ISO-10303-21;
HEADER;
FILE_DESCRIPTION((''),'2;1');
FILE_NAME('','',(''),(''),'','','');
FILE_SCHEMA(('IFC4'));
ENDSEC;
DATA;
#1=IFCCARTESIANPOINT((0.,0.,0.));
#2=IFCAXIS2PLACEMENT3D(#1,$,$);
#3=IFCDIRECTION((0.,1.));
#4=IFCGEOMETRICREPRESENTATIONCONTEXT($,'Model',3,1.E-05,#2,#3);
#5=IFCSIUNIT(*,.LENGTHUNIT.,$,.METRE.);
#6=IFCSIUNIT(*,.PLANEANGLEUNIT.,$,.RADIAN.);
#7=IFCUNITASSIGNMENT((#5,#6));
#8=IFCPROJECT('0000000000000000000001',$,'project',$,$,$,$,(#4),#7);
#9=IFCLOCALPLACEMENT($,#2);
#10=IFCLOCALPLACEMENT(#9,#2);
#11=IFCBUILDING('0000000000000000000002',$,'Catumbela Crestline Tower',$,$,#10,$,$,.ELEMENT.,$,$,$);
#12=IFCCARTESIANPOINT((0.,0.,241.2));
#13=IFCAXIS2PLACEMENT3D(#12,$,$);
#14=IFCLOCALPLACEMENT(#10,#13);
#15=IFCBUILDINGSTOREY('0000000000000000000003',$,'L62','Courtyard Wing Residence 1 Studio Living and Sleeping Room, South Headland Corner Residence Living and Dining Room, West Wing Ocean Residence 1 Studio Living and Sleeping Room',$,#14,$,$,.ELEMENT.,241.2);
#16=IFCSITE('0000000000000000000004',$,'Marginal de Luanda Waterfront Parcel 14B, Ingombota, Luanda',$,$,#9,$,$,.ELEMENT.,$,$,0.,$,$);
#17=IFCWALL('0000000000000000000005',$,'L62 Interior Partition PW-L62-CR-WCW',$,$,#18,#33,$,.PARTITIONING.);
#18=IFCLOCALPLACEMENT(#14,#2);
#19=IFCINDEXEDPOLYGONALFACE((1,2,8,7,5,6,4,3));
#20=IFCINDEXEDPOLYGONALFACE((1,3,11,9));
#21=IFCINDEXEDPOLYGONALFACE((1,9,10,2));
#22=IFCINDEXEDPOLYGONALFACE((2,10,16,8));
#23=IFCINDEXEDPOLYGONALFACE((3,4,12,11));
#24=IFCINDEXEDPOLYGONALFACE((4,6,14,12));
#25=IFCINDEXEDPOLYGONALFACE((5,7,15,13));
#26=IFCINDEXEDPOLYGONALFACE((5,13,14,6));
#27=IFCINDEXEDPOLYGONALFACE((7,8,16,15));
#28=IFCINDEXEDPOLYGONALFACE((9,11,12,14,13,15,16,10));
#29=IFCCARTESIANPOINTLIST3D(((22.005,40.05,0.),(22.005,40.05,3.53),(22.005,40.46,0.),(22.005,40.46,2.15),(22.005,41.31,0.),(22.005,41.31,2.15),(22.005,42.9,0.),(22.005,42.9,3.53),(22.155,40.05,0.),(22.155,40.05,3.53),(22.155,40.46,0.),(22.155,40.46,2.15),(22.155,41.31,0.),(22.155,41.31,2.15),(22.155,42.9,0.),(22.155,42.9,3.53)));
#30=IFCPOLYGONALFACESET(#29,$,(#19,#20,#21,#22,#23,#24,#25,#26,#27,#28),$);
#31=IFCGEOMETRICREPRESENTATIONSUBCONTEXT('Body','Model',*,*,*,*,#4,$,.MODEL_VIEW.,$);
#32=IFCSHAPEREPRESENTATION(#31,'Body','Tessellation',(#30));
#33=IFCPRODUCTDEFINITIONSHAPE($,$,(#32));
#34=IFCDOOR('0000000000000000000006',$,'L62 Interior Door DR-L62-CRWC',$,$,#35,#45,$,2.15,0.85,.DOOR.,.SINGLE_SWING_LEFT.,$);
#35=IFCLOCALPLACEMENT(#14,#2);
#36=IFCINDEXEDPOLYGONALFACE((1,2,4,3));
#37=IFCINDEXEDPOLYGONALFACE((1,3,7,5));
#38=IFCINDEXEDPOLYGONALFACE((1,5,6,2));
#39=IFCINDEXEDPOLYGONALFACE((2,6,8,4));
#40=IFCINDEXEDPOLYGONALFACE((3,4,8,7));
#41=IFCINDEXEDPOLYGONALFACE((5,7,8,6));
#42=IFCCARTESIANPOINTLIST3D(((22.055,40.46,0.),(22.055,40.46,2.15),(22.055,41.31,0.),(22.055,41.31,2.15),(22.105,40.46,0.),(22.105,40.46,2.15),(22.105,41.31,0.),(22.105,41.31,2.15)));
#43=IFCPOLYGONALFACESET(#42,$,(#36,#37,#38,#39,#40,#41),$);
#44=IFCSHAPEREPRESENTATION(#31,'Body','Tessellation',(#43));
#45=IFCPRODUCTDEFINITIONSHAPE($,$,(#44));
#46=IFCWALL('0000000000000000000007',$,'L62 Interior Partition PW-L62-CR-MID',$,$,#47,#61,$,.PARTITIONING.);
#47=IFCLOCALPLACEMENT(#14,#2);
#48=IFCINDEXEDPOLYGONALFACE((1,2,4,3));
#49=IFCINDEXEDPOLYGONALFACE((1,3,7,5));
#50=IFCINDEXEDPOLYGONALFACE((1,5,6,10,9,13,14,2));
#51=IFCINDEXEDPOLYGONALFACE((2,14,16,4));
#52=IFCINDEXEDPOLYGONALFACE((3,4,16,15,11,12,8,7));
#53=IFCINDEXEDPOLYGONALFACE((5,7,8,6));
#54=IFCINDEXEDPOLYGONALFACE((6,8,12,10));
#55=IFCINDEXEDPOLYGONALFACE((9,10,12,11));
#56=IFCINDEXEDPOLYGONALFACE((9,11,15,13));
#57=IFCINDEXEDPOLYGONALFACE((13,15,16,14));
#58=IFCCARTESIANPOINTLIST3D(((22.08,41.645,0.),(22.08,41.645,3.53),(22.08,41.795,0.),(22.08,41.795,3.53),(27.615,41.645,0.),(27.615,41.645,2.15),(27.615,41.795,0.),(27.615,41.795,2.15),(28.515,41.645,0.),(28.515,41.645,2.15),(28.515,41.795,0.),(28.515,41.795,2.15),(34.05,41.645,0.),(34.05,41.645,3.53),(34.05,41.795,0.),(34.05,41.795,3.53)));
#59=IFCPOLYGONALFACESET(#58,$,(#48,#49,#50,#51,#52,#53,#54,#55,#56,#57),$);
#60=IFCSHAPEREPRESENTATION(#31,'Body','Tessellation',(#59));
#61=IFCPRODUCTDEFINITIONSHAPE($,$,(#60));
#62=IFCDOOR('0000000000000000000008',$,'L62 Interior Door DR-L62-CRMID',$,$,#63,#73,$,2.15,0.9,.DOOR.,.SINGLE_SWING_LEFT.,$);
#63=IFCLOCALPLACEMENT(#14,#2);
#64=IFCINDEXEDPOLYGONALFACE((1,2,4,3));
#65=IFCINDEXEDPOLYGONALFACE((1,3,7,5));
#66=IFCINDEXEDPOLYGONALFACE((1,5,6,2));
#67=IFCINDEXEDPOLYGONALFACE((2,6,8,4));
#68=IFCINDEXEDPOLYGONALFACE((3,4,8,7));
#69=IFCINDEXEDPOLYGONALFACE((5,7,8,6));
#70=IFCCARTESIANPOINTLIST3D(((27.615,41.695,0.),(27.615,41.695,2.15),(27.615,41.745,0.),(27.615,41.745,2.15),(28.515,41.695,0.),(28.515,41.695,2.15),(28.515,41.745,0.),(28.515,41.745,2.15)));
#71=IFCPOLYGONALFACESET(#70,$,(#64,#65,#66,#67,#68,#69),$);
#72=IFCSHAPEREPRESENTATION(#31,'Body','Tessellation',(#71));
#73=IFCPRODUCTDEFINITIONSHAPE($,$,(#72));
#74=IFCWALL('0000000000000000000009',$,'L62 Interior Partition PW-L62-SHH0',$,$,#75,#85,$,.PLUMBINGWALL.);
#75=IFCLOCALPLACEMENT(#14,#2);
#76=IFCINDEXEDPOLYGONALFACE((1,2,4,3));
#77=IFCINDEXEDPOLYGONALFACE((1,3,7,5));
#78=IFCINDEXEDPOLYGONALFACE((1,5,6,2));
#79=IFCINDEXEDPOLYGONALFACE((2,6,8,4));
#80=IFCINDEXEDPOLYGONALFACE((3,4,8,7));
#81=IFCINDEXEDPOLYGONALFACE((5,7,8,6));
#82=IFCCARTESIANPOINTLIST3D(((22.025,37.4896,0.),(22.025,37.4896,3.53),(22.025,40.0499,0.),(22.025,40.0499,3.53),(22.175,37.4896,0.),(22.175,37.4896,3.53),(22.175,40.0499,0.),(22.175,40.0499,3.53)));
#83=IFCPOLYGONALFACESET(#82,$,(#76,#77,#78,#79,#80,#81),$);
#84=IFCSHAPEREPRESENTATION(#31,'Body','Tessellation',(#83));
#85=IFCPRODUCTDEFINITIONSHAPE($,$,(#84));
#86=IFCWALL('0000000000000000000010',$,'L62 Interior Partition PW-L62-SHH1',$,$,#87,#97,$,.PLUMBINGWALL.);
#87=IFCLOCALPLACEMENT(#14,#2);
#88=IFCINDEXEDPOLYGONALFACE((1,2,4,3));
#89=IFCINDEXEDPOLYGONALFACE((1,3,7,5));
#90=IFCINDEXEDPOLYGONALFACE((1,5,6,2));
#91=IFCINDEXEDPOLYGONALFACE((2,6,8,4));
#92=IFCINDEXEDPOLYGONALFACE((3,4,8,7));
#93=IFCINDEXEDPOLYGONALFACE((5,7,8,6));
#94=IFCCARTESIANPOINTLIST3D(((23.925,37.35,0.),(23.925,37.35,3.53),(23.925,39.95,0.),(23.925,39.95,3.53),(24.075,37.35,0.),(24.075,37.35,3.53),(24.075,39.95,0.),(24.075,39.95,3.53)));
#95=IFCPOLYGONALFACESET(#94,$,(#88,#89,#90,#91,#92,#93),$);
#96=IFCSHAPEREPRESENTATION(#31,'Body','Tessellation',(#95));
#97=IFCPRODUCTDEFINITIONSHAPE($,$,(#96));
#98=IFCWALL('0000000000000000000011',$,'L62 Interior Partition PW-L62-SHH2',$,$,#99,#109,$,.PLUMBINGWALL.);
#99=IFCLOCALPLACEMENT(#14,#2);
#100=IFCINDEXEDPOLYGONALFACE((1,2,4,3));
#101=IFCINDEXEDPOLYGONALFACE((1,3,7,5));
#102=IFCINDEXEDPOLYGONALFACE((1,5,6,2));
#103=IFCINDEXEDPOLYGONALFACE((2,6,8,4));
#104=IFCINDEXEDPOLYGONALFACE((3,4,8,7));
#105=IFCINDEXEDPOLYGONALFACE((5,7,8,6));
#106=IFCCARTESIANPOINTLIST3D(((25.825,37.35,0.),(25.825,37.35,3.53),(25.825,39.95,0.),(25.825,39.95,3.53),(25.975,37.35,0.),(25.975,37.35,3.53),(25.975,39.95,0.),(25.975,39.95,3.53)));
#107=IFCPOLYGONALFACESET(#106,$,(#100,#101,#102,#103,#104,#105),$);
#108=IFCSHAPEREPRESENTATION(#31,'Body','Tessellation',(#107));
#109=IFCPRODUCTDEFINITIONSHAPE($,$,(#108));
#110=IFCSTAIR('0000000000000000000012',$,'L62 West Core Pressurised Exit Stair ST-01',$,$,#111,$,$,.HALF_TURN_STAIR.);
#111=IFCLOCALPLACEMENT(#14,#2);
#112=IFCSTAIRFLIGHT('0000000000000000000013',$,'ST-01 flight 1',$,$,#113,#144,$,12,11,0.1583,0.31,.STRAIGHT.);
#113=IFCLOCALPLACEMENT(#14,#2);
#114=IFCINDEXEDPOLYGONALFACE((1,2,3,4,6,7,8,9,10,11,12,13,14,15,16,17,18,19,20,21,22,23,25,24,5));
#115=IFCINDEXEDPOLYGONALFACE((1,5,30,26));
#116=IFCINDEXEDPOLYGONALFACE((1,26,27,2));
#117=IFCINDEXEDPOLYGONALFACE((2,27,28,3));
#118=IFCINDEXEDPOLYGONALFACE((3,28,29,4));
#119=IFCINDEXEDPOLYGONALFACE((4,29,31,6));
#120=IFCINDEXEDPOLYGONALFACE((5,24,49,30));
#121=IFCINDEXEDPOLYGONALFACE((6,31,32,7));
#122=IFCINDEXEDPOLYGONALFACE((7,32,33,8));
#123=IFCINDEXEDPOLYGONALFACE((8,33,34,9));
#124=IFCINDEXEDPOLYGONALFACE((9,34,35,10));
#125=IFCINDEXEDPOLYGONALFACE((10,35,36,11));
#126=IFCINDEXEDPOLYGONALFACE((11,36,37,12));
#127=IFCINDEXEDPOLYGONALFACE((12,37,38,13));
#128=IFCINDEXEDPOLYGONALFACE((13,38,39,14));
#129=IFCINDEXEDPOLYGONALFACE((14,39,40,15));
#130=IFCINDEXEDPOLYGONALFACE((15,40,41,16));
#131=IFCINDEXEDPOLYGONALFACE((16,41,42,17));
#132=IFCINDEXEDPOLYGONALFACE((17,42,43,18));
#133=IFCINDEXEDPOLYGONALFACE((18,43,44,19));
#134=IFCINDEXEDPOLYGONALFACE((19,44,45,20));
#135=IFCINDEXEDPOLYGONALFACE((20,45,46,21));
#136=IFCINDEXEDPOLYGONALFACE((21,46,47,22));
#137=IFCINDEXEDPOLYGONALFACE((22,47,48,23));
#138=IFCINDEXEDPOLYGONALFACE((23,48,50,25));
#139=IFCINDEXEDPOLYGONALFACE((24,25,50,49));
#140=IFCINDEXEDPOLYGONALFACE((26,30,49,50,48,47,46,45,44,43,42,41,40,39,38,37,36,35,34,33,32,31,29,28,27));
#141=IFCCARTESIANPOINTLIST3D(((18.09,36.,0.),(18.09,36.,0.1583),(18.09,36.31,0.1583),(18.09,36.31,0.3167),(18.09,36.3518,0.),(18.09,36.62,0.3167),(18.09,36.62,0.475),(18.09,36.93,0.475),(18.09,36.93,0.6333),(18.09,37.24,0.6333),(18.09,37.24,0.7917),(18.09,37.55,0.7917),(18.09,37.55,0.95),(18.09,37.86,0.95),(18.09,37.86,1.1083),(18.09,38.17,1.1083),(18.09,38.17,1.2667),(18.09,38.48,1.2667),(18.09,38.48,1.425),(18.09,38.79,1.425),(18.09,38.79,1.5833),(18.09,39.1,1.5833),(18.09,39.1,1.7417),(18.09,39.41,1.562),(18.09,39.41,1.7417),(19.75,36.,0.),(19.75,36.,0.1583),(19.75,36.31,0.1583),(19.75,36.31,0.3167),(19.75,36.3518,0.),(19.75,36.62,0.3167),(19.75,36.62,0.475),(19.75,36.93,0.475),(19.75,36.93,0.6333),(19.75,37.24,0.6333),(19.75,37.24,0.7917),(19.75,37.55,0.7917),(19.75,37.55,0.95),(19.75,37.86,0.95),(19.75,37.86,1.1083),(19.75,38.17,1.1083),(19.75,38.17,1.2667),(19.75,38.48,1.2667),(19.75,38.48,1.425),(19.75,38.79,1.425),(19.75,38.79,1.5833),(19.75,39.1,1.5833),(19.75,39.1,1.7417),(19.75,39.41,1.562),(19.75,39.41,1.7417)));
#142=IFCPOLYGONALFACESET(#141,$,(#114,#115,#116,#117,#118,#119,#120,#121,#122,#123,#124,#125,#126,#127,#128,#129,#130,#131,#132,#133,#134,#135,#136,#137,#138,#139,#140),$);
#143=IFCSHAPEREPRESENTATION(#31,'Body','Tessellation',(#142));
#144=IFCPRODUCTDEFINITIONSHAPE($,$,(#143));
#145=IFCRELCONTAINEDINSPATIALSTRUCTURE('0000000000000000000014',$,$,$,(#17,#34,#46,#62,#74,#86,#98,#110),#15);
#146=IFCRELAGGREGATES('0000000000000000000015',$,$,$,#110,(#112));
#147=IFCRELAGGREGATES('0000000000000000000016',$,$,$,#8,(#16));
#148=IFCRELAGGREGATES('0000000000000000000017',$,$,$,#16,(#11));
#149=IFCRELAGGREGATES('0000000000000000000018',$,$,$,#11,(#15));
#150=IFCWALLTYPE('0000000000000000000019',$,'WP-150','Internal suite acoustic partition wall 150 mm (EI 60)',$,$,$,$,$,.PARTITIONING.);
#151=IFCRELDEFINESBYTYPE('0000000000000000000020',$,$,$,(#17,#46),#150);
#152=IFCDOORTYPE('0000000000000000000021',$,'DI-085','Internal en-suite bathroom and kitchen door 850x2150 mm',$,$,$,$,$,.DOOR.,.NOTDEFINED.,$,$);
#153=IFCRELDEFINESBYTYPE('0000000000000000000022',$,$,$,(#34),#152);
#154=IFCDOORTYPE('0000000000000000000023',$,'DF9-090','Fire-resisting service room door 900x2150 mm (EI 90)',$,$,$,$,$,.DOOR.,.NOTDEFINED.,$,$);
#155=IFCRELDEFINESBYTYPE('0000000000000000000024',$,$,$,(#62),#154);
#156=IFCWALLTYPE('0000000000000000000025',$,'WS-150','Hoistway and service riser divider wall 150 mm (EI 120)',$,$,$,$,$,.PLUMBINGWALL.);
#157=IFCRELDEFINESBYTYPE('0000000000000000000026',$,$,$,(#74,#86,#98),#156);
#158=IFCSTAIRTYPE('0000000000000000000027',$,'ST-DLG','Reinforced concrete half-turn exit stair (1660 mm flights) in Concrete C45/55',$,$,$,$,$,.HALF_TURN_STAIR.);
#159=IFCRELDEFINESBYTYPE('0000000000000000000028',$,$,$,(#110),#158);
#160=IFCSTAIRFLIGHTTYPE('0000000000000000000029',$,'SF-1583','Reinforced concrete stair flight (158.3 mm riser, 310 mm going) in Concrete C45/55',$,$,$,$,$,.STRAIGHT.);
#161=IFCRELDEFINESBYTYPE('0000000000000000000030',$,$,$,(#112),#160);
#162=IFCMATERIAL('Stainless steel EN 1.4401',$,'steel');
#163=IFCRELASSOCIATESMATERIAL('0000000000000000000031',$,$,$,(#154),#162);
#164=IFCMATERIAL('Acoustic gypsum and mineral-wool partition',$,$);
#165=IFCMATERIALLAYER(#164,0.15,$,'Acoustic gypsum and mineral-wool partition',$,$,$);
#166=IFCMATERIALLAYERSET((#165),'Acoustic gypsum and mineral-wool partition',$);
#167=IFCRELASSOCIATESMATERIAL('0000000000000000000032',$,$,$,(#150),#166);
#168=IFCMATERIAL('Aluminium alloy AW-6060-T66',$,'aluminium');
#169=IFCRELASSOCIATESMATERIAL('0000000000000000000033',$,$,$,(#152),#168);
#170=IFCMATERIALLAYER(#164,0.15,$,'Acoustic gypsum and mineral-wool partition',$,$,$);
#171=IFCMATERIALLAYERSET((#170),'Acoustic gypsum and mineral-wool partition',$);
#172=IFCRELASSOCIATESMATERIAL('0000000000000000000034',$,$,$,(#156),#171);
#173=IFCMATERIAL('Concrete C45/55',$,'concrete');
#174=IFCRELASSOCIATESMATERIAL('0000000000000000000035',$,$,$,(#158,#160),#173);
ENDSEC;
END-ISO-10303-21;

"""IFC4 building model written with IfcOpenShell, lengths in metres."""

from ifc_helpers import new_model, si_unit, direction, frame, frame_2d, origin, place, context, subcontext, project, spatial, polyline, rectangle, outline, extrude, material, layer, layer_set, type_object, element, fill, aggregate, save


model = new_model("IFC4")

# Units and contexts
model_context = context("Model", 3, precision=1e-05, world=origin(), true_north=direction((0.0, 1.0)))
body_context = subcontext(model_context, "Body", "Model", "MODEL_VIEW")
ifc_project = project(units=[si_unit("LENGTHUNIT", "METRE"), si_unit("PLANEANGLEUNIT", "RADIAN")], contexts=[model_context])

# Site, building, storey
site_placement = place(None, origin())
site = spatial("IfcSite", under=ifc_project, at=site_placement, Name="Marginal de Luanda Waterfront Parcel 14B, Ingombota, Luanda", CompositionType="ELEMENT", RefElevation=0.0)
building_placement = place(site_placement, origin())
building = spatial("IfcBuilding", under=site, at=building_placement, Name="Catumbela Crestline Tower", CompositionType="ELEMENT")
storey_placement = place(building_placement, frame((0.0, 0.0, 241.2)))
storey = spatial("IfcBuildingStorey", under=building, at=storey_placement, Name="L62", Description="Courtyard Wing Residence 1 Studio Living and Sleeping Room, South Headland Corner Residence Living and Dining Room, West Wing Ocean Residence 1 Studio Living and Sleeping Room", CompositionType="ELEMENT", Elevation=241.2)

# Shared definitions
ifc_material_1 = material(Name="Stainless steel EN 1.4401", Category="steel")

# Shared definitions
door_type_1 = type_object("IfcDoorType", Name="DF9-090", Description="Fire-resisting service room door 900x2150 mm (EI 90)", OperationType="NOTDEFINED", PredefinedType="DOOR", material=ifc_material_1)

# Walls, openings, doors
ifc_material_2 = material(Name="Acoustic gypsum and mineral-wool partition")
ifc_layer_1 = layer(ifc_material_2, 0.15, Name="Acoustic gypsum and mineral-wool partition")
ifc_layer_set_1 = layer_set([ifc_layer_1], Name="Acoustic gypsum and mineral-wool partition")
wall_type_1 = type_object("IfcWallType", Name="WP-150", Description="Internal suite acoustic partition wall 150 mm (EI 60)", PredefinedType="PARTITIONING", material=ifc_layer_set_1)
wall_1_placement = place(storey_placement, frame((22.08, 40.05, 0.0), z_axis=(0.0, 0.0, 1.0), x_axis=(0.0, 1.0, 0.0)))
wall_1 = element("IfcWall", 1, at=wall_1_placement, inside=storey, type_object=wall_type_1, Name="L62 Interior Partition PW-L62-CR-WCW", PredefinedType="PARTITIONING", context=body_context, shape_type="SweptSolid", body=[
    extrude(rectangle(XDim=2.85, YDim=0.15, at=frame_2d((1.425, 0.0))), origin(), (0.0, 0.0, 1.0), 3.53),
])
opening_1_placement = place(wall_1_placement, frame((0.41, 0.0, 0.0)))
opening_1 = element("IfcOpeningElement", 2, at=opening_1_placement, cuts=wall_1, PredefinedType="OPENING", context=body_context, shape_type="SweptSolid", body=[
    extrude(rectangle(XDim=0.85, YDim=2.15, at=frame_2d((0.425, 1.075))), frame((0.0, 0.085, 0.0), z_axis=(0.0, -1.0, 0.0), x_axis=(1.0, 0.0, 0.0)), (0.0, 0.0, 1.0), 0.17),
])
ifc_material_3 = material(Name="Aluminium alloy AW-6060-T66", Category="aluminium")
door_type_2 = type_object("IfcDoorType", Name="DI-085", Description="Internal en-suite bathroom and kitchen door 850x2150 mm", OperationType="NOTDEFINED", PredefinedType="DOOR", material=ifc_material_3)
door_1_placement = place(opening_1_placement, origin())
door_1 = element("IfcDoor", 3, at=door_1_placement, inside=storey, type_object=door_type_2, Name="L62 Interior Door DR-L62-CRWC", OperationType="SINGLE_SWING_LEFT", OverallHeight=2.15, OverallWidth=0.85, PredefinedType="DOOR", context=body_context, shape_type="SweptSolid", body=[
    extrude(rectangle(XDim=0.85, YDim=2.15, at=frame_2d((0.425, 1.075))), frame((0.0, 0.025, 0.0), z_axis=(0.0, -1.0, 0.0), x_axis=(1.0, 0.0, 0.0)), (0.0, 0.0, 1.0), 0.05),
])
fill(opening_1, door_1)
wall_2_placement = place(storey_placement, frame((22.08, 41.72, 0.0), z_axis=(0.0, 0.0, 1.0), x_axis=(1.0, 0.0, 0.0)))
wall_2 = element("IfcWall", 4, at=wall_2_placement, inside=storey, type_object=wall_type_1, Name="L62 Interior Partition PW-L62-CR-MID", PredefinedType="PARTITIONING", context=body_context, shape_type="SweptSolid", body=[
    extrude(rectangle(XDim=11.97, YDim=0.15, at=frame_2d((5.985, 0.0))), origin(), (0.0, 0.0, 1.0), 3.53),
])
opening_2_placement = place(wall_2_placement, frame((5.535, 0.0, 0.0)))
opening_2 = element("IfcOpeningElement", 5, at=opening_2_placement, cuts=wall_2, PredefinedType="OPENING", context=body_context, shape_type="SweptSolid", body=[
    extrude(rectangle(XDim=0.9, YDim=2.15, at=frame_2d((0.45, 1.075))), frame((0.0, 0.085, 0.0), z_axis=(0.0, -1.0, 0.0), x_axis=(1.0, 0.0, 0.0)), (0.0, 0.0, 1.0), 0.17),
])
door_2_placement = place(opening_2_placement, origin())
door_2 = element("IfcDoor", 6, at=door_2_placement, inside=storey, type_object=door_type_1, Name="L62 Interior Door DR-L62-CRMID", OperationType="SINGLE_SWING_LEFT", OverallHeight=2.15, OverallWidth=0.9, PredefinedType="DOOR", context=body_context, shape_type="SweptSolid", body=[
    extrude(rectangle(XDim=0.9, YDim=2.15, at=frame_2d((0.45, 1.075))), frame((0.0, 0.025, 0.0), z_axis=(0.0, -1.0, 0.0), x_axis=(1.0, 0.0, 0.0)), (0.0, 0.0, 1.0), 0.05),
])
fill(opening_2, door_2)

# Walls
ifc_layer_2 = layer(ifc_material_2, 0.15, Name="Acoustic gypsum and mineral-wool partition")
ifc_layer_set_2 = layer_set([ifc_layer_2], Name="Acoustic gypsum and mineral-wool partition")
wall_type_2 = type_object("IfcWallType", Name="WS-150", Description="Hoistway and service riser divider wall 150 mm (EI 120)", PredefinedType="PLUMBINGWALL", material=ifc_layer_set_2)
wall_3_placement = place(storey_placement, frame((22.1, 37.4897, 0.0), z_axis=(0.0, 0.0, 1.0), x_axis=(0.0, 1.0, 0.0)))
element("IfcWall", 7, at=wall_3_placement, inside=storey, type_object=wall_type_2, Name="L62 Interior Partition PW-L62-SHH0", PredefinedType="PLUMBINGWALL", context=body_context, shape_type="SweptSolid", body=[
    extrude(rectangle(XDim=2.5603, YDim=0.15, at=frame_2d((1.2801, 0.0))), origin(), (0.0, 0.0, 1.0), 3.53),
])
for number, where, z_axis, x_axis, name in (
    (8, (24.0, 37.35, 0.0), (0.0, 0.0, 1.0), (0.0, 1.0, 0.0), "L62 Interior Partition PW-L62-SHH1"),
    (9, (25.9, 37.35, 0.0), (0.0, 0.0, 1.0), (0.0, 1.0, 0.0), "L62 Interior Partition PW-L62-SHH2"),
):
    element("IfcWall", number, at=place(storey_placement, frame(where, z_axis=z_axis, x_axis=x_axis)), inside=storey, type_object=wall_type_2, Name=name, PredefinedType="PLUMBINGWALL", context=body_context, shape_type="SweptSolid", body=[
        extrude(rectangle(XDim=2.6, YDim=0.15, at=frame_2d((1.3, 0.0))), origin(), (0.0, 0.0, 1.0), 3.53),
    ])

# Stair, stair flight
ifc_material_4 = material(Name="Concrete C45/55", Category="concrete")
stair_type = type_object("IfcStairType", Name="ST-DLG", Description="Reinforced concrete half-turn exit stair (1660 mm flights) in Concrete C45/55", PredefinedType="HALF_TURN_STAIR", material=ifc_material_4)
stair_placement = place(storey_placement, origin())
stair = element("IfcStair", 10, at=stair_placement, inside=storey, type_object=stair_type, Name="L62 West Core Pressurised Exit Stair ST-01", PredefinedType="HALF_TURN_STAIR")
stair_flight_type = type_object("IfcStairFlightType", Name="SF-1583", Description="Reinforced concrete stair flight (158.3 mm riser, 310 mm going) in Concrete C45/55", PredefinedType="STRAIGHT", material=ifc_material_4)
stair_flight_placement = place(storey_placement, frame((18.92, 36.0, 0.0), z_axis=(0.0, 0.0, 1.0), x_axis=(0.0, 1.0, 0.0)))
stair_flight = element("IfcStairFlight", 11, at=stair_flight_placement, type_object=stair_flight_type, Name="ST-01 flight 1", NumberOfRisers=12, NumberOfTreads=11, PredefinedType="STRAIGHT", RiserHeight=0.1583, TreadLength=0.31, context=body_context, shape_type="SweptSolid", body=[
    extrude(outline(polyline([(0.0, 0.0), (0.0, 0.1583), (0.31, 0.1583), (0.31, 0.3167), (0.62, 0.3167), (0.62, 0.475), (0.93, 0.475), (0.93, 0.6333), (1.24, 0.6333), (1.24, 0.7917), (1.55, 0.7917), (1.55, 0.95), (1.86, 0.95), (1.86, 1.1083), (2.17, 1.1083), (2.17, 1.2667), (2.48, 1.2667), (2.48, 1.425), (2.79, 1.425), (2.79, 1.5833), (3.1, 1.5833), (3.1, 1.7417), (3.41, 1.7417), (3.41, 1.9), (3.41, 1.562), (0.3518, 0.0), (0.0, 0.0)])), frame((0.0, 0.83, 0.0), z_axis=(0.0, -1.0, 0.0), x_axis=(1.0, 0.0, 0.0)), (0.0, 0.0, 1.0), 1.66),
])
aggregate(stair, [stair_flight])

save(model, "model.ifc")
